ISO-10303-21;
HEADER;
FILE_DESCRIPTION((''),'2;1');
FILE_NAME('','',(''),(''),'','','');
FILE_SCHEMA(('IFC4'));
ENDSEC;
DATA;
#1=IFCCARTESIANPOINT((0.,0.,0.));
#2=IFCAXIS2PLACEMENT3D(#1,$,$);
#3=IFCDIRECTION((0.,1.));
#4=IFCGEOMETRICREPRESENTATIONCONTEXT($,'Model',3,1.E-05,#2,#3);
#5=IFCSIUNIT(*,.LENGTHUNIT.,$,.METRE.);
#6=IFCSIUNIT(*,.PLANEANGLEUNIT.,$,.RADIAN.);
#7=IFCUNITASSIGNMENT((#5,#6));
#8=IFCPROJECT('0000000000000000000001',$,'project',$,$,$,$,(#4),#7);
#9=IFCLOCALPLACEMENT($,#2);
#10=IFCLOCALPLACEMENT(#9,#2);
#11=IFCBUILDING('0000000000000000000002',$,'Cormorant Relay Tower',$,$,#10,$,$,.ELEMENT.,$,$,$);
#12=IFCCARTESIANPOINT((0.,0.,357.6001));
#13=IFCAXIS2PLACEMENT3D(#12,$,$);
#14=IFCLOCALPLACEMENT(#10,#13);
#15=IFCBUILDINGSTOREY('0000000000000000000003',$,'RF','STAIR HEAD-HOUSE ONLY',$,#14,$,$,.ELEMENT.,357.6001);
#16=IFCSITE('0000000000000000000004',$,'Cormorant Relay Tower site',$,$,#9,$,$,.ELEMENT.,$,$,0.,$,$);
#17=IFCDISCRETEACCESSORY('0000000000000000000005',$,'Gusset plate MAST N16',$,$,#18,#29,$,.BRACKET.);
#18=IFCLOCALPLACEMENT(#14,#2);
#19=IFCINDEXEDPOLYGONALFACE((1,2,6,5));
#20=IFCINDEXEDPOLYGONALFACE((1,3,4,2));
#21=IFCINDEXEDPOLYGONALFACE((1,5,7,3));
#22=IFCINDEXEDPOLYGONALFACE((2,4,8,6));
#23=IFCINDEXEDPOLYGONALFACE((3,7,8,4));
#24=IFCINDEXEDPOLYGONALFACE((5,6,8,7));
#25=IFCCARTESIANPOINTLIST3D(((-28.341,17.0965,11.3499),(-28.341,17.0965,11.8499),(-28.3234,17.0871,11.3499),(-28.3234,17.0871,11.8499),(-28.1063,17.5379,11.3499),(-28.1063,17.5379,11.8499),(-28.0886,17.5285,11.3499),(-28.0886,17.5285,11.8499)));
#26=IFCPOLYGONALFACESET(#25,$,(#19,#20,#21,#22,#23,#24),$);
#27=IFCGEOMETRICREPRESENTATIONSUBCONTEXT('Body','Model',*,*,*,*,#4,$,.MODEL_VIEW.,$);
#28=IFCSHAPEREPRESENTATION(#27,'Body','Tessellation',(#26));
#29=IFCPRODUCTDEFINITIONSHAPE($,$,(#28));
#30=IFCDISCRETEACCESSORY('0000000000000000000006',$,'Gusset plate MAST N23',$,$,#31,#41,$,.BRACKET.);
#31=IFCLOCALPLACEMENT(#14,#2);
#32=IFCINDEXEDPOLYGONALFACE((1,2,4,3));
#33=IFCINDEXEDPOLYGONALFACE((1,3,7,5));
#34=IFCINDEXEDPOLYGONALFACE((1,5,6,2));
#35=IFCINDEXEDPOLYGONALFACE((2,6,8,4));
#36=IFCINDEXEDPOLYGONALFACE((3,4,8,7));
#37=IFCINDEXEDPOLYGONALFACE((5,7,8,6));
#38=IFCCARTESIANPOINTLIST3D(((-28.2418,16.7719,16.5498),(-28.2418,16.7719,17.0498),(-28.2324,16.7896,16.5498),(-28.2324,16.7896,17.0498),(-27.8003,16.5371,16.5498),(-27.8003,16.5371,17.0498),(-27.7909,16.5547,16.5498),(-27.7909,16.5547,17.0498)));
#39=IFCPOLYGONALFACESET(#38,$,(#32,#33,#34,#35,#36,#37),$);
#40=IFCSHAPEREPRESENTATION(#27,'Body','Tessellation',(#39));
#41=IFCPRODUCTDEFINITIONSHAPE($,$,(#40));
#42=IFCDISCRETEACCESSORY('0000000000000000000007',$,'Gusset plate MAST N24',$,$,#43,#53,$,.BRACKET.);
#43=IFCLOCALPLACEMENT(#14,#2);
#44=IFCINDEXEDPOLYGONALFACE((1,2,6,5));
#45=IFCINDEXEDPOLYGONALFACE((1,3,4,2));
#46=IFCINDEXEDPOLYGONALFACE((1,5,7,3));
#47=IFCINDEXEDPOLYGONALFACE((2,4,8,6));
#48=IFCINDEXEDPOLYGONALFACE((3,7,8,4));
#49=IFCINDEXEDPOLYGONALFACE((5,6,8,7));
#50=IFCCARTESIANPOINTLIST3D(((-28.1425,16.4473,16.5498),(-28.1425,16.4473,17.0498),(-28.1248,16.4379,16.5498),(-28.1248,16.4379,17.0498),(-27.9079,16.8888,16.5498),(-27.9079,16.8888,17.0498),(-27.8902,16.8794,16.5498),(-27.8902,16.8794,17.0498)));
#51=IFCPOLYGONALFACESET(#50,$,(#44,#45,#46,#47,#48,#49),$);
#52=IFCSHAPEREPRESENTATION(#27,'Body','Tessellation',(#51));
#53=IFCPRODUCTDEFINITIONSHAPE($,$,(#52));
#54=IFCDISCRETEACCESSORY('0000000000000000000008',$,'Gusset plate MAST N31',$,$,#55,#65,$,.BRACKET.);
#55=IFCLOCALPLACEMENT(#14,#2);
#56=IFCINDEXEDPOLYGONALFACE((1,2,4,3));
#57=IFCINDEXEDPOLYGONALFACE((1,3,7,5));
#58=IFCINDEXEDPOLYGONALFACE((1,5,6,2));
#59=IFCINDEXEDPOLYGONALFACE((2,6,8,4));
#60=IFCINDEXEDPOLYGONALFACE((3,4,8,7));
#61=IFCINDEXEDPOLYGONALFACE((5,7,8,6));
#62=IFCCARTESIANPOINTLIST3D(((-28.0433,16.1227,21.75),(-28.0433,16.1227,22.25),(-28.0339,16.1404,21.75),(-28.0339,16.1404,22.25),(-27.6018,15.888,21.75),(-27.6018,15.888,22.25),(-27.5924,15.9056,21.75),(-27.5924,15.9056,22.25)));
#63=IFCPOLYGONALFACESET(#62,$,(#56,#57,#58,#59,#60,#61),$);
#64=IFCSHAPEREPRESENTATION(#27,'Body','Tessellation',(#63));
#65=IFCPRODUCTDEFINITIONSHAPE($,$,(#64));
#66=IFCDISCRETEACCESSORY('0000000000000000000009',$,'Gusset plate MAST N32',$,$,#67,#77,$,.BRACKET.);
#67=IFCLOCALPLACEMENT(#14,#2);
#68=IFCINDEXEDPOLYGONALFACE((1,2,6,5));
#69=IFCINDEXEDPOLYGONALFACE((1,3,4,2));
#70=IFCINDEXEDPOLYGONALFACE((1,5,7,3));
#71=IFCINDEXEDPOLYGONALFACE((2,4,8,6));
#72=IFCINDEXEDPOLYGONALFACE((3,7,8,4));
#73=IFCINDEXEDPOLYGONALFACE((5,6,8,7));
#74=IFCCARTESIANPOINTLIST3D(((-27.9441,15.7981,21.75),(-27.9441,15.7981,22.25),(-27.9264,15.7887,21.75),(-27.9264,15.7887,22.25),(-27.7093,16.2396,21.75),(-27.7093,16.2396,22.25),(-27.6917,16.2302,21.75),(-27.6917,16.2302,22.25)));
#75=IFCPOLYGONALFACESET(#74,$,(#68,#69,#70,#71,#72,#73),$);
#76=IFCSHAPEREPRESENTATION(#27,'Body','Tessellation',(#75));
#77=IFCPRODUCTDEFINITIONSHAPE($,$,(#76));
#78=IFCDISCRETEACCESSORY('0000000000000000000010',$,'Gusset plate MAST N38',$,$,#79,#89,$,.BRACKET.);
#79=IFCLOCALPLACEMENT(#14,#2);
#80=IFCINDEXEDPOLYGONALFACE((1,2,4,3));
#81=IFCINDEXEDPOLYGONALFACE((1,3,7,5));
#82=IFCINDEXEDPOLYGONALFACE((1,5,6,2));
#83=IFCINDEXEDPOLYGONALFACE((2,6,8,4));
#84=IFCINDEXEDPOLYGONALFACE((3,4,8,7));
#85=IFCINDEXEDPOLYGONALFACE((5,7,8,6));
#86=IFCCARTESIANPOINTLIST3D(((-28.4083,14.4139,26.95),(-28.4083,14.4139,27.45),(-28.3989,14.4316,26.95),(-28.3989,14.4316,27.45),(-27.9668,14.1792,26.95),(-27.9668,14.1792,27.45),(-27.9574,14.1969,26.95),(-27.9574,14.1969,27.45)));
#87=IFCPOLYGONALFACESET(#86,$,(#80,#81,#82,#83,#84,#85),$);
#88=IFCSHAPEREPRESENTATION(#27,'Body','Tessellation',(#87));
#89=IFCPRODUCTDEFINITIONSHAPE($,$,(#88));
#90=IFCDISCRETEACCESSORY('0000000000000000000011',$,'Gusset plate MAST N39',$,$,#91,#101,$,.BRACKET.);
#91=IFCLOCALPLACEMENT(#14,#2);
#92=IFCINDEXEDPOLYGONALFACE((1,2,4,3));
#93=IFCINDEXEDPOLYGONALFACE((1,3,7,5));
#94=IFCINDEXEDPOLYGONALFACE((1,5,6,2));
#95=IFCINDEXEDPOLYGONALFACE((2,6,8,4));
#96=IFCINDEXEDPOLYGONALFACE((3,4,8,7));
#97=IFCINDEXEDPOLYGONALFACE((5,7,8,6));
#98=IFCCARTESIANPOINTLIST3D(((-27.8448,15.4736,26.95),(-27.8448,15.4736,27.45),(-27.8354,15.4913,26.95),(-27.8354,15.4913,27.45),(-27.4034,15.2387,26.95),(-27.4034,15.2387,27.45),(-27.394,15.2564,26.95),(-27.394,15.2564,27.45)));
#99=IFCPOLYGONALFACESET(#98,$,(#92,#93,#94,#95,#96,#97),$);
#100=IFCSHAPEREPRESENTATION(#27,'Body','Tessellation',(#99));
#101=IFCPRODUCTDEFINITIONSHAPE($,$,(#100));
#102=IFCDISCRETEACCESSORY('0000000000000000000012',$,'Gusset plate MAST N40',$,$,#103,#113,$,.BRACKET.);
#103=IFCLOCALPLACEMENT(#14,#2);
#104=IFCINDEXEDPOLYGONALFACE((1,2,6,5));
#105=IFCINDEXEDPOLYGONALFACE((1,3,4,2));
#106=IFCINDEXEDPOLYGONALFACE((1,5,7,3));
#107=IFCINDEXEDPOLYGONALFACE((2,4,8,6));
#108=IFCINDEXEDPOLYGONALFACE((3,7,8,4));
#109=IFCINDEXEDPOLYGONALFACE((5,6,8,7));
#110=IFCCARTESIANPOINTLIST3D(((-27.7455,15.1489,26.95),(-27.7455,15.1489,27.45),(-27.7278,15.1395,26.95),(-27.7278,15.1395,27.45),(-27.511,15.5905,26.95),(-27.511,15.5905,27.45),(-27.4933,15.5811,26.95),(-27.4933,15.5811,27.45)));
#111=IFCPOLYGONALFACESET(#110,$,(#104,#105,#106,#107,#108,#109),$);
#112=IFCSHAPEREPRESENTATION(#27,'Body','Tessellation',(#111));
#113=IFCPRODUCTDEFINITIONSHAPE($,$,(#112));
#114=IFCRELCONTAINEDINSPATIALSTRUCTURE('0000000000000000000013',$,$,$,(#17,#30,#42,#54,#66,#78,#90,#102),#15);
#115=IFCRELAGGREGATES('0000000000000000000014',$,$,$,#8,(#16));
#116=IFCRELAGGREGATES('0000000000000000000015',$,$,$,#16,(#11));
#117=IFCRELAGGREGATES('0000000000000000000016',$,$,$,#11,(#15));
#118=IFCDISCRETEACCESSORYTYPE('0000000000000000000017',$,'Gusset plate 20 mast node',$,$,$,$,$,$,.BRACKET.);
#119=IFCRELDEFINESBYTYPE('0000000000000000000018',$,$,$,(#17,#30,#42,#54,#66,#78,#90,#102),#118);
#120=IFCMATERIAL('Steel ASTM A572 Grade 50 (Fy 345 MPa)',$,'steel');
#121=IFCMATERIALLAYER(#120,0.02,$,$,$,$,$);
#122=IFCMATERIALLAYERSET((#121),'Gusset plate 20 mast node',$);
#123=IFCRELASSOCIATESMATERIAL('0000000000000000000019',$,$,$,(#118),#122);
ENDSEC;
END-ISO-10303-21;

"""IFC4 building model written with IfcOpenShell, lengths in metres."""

from ifc_helpers import new_model, si_unit, direction, frame, origin, origin_2d, place, context, subcontext, project, spatial, rectangle, extrude, material, layer, layer_set, type_object, element, save


model = new_model("IFC4")

# Units and contexts
model_context = context("Model", 3, precision=1e-05, world=origin(), true_north=direction((0.0, 1.0)))
body_context = subcontext(model_context, "Body", "Model", "MODEL_VIEW")
ifc_project = project(units=[si_unit("LENGTHUNIT", "METRE"), si_unit("PLANEANGLEUNIT", "RADIAN")], contexts=[model_context])

# Site, building, storey
site_placement = place(None, origin())
site = spatial("IfcSite", under=ifc_project, at=site_placement, Name="Cormorant Relay Tower site", CompositionType="ELEMENT", RefElevation=0.0)
building_placement = place(site_placement, origin())
building = spatial("IfcBuilding", under=site, at=building_placement, Name="Cormorant Relay Tower", CompositionType="ELEMENT")
storey_placement = place(building_placement, frame((0.0, 0.0, 357.6001)))
storey = spatial("IfcBuildingStorey", under=building, at=storey_placement, Name="RF", Description="STAIR HEAD-HOUSE ONLY", CompositionType="ELEMENT", Elevation=357.6001)

# Discrete accessories
ifc_material_1 = material(Name="Steel ASTM A572 Grade 50 (Fy 345 MPa)", Category="steel")
ifc_layer = layer(ifc_material_1, 0.02)
ifc_layer_set = layer_set([ifc_layer], Name="Gusset plate 20 mast node")
discrete_accessory_type = type_object("IfcDiscreteAccessoryType", Name="Gusset plate 20 mast node", PredefinedType="BRACKET", material=ifc_layer_set)
for number, where, z_axis, x_axis, name in (
    (1, (-28.2148, 17.3125, 11.3499), (0.0, 0.0, 1.0), (0.469456, 0.882956, 0.0), "Gusset plate MAST N16"),
    (2, (-28.0164, 16.6633, 16.5498), (0.0, 0.0, 1.0), (-0.882841, 0.469672, 0.0), "Gusset plate MAST N23"),
    (3, (-28.0164, 16.6633, 16.5498), (0.0, 0.0, 1.0), (0.469267, 0.883057, 0.0), "Gusset plate MAST N24"),
    (4, (-27.8179, 16.0142, 21.75), (0.0, 0.0, 1.0), (-0.882952, 0.469464, 0.0), "Gusset plate MAST N31"),
    (5, (-27.8179, 16.0142, 21.75), (0.0, 0.0, 1.0), (0.469499, 0.882933, 0.0), "Gusset plate MAST N32"),
    (6, (-28.1829, 14.3054, 26.95), (0.0, 0.0, 1.0), (-0.882963, 0.469442, 0.0), "Gusset plate MAST N38"),
    (7, (-27.6194, 15.365, 26.95), (0.0, 0.0, 1.0), (-0.882746, 0.469851, 0.0), "Gusset plate MAST N39"),
    (8, (-27.6194, 15.365, 26.95), (0.0, 0.0, 1.0), (0.469088, 0.883152, 0.0), "Gusset plate MAST N40"),
):
    element("IfcDiscreteAccessory", number, at=place(storey_placement, frame(where, z_axis=z_axis, x_axis=x_axis)), inside=storey, type_object=discrete_accessory_type, Name=name, PredefinedType="BRACKET", context=body_context, shape_type="SweptSolid", body=[
        extrude(rectangle(XDim=0.5, YDim=0.02, at=origin_2d()), origin(), (0.0, 0.0, 1.0), 0.5),
    ])

save(model, "model.ifc")
